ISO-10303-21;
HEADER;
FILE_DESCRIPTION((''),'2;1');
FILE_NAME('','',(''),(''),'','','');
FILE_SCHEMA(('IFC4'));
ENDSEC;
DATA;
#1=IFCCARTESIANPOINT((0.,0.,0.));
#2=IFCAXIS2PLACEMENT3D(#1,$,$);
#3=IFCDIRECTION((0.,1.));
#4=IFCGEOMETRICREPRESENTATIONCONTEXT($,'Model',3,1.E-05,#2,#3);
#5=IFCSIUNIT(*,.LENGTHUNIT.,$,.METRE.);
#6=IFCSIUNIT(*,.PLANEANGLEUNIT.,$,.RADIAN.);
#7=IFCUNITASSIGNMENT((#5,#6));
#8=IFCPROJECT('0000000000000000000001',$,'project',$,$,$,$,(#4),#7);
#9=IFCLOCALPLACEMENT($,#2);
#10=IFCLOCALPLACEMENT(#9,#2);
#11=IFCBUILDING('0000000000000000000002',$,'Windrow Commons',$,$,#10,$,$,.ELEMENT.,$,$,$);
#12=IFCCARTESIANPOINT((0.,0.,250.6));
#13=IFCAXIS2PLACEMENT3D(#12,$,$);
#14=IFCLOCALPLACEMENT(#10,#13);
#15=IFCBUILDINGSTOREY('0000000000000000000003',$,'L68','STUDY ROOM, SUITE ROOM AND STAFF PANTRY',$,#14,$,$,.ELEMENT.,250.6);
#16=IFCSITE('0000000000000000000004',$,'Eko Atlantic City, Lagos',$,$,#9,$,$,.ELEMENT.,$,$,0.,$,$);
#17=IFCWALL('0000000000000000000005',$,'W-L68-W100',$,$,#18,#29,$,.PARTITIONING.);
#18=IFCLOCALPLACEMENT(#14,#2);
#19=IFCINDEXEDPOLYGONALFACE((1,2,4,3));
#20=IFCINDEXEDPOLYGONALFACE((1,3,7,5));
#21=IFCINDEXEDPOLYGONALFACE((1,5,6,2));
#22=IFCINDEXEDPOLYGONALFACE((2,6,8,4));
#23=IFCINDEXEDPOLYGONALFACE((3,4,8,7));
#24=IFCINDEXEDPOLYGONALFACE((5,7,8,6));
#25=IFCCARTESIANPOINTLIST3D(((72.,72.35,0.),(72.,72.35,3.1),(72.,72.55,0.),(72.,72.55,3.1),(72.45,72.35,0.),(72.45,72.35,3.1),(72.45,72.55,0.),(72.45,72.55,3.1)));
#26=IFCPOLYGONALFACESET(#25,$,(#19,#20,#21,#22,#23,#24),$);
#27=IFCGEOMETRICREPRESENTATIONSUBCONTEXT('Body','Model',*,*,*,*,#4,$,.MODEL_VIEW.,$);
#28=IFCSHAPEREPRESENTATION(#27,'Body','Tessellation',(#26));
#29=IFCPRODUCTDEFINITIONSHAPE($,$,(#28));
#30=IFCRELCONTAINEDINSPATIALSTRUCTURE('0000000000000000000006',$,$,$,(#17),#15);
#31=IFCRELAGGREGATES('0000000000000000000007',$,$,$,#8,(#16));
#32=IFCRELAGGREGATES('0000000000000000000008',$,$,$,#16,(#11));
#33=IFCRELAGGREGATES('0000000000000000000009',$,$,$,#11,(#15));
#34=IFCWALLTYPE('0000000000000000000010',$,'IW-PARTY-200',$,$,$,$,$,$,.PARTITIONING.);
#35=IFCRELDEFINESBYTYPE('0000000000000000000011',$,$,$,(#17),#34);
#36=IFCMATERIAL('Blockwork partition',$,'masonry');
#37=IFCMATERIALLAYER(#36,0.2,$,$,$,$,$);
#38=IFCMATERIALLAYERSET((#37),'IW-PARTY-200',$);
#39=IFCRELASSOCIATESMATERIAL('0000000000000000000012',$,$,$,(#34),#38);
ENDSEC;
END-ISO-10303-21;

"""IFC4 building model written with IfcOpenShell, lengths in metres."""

from ifc_helpers import new_model, si_unit, direction, frame, frame_2d, origin, place, context, subcontext, project, spatial, rectangle, extrude, material, layer, layer_set, type_object, element, save


model = new_model("IFC4")

# Units and contexts
model_context = context("Model", 3, precision=1e-05, world=origin(), true_north=direction((0.0, 1.0)))
body_context = subcontext(model_context, "Body", "Model", "MODEL_VIEW")
ifc_project = project(units=[si_unit("LENGTHUNIT", "METRE"), si_unit("PLANEANGLEUNIT", "RADIAN")], contexts=[model_context])

# Site, building, storey
site_placement = place(None, origin())
site = spatial("IfcSite", under=ifc_project, at=site_placement, Name="Eko Atlantic City, Lagos", CompositionType="ELEMENT", RefElevation=0.0)
building_placement = place(site_placement, origin())
building = spatial("IfcBuilding", under=site, at=building_placement, Name="Windrow Commons", CompositionType="ELEMENT")
storey_placement = place(building_placement, frame((0.0, 0.0, 250.6)))
storey = spatial("IfcBuildingStorey", under=building, at=storey_placement, Name="L68", Description="STUDY ROOM, SUITE ROOM AND STAFF PANTRY", CompositionType="ELEMENT", Elevation=250.6)

# Wall
ifc_material_1 = material(Name="Blockwork partition", Category="masonry")
ifc_layer_1 = layer(ifc_material_1, 0.2)
ifc_layer_set_1 = layer_set([ifc_layer_1], Name="IW-PARTY-200")
wall_type_1 = type_object("IfcWallType", Name="IW-PARTY-200", PredefinedType="PARTITIONING", material=ifc_layer_set_1)
wall_1_placement = place(storey_placement, frame((72.0, 72.45, 0.0), z_axis=(0.0, 0.0, 1.0), x_axis=(1.0, 0.0, 0.0)))
element("IfcWall", 1, at=wall_1_placement, inside=storey, type_object=wall_type_1, Name="W-L68-W100", PredefinedType="PARTITIONING", context=body_context, shape_type="SweptSolid", body=[
    extrude(rectangle(XDim=0.45, YDim=0.2, at=frame_2d((0.225, 0.0))), origin(), (0.0, 0.0, 1.0), 3.1),
])

save(model, "model.ifc")
